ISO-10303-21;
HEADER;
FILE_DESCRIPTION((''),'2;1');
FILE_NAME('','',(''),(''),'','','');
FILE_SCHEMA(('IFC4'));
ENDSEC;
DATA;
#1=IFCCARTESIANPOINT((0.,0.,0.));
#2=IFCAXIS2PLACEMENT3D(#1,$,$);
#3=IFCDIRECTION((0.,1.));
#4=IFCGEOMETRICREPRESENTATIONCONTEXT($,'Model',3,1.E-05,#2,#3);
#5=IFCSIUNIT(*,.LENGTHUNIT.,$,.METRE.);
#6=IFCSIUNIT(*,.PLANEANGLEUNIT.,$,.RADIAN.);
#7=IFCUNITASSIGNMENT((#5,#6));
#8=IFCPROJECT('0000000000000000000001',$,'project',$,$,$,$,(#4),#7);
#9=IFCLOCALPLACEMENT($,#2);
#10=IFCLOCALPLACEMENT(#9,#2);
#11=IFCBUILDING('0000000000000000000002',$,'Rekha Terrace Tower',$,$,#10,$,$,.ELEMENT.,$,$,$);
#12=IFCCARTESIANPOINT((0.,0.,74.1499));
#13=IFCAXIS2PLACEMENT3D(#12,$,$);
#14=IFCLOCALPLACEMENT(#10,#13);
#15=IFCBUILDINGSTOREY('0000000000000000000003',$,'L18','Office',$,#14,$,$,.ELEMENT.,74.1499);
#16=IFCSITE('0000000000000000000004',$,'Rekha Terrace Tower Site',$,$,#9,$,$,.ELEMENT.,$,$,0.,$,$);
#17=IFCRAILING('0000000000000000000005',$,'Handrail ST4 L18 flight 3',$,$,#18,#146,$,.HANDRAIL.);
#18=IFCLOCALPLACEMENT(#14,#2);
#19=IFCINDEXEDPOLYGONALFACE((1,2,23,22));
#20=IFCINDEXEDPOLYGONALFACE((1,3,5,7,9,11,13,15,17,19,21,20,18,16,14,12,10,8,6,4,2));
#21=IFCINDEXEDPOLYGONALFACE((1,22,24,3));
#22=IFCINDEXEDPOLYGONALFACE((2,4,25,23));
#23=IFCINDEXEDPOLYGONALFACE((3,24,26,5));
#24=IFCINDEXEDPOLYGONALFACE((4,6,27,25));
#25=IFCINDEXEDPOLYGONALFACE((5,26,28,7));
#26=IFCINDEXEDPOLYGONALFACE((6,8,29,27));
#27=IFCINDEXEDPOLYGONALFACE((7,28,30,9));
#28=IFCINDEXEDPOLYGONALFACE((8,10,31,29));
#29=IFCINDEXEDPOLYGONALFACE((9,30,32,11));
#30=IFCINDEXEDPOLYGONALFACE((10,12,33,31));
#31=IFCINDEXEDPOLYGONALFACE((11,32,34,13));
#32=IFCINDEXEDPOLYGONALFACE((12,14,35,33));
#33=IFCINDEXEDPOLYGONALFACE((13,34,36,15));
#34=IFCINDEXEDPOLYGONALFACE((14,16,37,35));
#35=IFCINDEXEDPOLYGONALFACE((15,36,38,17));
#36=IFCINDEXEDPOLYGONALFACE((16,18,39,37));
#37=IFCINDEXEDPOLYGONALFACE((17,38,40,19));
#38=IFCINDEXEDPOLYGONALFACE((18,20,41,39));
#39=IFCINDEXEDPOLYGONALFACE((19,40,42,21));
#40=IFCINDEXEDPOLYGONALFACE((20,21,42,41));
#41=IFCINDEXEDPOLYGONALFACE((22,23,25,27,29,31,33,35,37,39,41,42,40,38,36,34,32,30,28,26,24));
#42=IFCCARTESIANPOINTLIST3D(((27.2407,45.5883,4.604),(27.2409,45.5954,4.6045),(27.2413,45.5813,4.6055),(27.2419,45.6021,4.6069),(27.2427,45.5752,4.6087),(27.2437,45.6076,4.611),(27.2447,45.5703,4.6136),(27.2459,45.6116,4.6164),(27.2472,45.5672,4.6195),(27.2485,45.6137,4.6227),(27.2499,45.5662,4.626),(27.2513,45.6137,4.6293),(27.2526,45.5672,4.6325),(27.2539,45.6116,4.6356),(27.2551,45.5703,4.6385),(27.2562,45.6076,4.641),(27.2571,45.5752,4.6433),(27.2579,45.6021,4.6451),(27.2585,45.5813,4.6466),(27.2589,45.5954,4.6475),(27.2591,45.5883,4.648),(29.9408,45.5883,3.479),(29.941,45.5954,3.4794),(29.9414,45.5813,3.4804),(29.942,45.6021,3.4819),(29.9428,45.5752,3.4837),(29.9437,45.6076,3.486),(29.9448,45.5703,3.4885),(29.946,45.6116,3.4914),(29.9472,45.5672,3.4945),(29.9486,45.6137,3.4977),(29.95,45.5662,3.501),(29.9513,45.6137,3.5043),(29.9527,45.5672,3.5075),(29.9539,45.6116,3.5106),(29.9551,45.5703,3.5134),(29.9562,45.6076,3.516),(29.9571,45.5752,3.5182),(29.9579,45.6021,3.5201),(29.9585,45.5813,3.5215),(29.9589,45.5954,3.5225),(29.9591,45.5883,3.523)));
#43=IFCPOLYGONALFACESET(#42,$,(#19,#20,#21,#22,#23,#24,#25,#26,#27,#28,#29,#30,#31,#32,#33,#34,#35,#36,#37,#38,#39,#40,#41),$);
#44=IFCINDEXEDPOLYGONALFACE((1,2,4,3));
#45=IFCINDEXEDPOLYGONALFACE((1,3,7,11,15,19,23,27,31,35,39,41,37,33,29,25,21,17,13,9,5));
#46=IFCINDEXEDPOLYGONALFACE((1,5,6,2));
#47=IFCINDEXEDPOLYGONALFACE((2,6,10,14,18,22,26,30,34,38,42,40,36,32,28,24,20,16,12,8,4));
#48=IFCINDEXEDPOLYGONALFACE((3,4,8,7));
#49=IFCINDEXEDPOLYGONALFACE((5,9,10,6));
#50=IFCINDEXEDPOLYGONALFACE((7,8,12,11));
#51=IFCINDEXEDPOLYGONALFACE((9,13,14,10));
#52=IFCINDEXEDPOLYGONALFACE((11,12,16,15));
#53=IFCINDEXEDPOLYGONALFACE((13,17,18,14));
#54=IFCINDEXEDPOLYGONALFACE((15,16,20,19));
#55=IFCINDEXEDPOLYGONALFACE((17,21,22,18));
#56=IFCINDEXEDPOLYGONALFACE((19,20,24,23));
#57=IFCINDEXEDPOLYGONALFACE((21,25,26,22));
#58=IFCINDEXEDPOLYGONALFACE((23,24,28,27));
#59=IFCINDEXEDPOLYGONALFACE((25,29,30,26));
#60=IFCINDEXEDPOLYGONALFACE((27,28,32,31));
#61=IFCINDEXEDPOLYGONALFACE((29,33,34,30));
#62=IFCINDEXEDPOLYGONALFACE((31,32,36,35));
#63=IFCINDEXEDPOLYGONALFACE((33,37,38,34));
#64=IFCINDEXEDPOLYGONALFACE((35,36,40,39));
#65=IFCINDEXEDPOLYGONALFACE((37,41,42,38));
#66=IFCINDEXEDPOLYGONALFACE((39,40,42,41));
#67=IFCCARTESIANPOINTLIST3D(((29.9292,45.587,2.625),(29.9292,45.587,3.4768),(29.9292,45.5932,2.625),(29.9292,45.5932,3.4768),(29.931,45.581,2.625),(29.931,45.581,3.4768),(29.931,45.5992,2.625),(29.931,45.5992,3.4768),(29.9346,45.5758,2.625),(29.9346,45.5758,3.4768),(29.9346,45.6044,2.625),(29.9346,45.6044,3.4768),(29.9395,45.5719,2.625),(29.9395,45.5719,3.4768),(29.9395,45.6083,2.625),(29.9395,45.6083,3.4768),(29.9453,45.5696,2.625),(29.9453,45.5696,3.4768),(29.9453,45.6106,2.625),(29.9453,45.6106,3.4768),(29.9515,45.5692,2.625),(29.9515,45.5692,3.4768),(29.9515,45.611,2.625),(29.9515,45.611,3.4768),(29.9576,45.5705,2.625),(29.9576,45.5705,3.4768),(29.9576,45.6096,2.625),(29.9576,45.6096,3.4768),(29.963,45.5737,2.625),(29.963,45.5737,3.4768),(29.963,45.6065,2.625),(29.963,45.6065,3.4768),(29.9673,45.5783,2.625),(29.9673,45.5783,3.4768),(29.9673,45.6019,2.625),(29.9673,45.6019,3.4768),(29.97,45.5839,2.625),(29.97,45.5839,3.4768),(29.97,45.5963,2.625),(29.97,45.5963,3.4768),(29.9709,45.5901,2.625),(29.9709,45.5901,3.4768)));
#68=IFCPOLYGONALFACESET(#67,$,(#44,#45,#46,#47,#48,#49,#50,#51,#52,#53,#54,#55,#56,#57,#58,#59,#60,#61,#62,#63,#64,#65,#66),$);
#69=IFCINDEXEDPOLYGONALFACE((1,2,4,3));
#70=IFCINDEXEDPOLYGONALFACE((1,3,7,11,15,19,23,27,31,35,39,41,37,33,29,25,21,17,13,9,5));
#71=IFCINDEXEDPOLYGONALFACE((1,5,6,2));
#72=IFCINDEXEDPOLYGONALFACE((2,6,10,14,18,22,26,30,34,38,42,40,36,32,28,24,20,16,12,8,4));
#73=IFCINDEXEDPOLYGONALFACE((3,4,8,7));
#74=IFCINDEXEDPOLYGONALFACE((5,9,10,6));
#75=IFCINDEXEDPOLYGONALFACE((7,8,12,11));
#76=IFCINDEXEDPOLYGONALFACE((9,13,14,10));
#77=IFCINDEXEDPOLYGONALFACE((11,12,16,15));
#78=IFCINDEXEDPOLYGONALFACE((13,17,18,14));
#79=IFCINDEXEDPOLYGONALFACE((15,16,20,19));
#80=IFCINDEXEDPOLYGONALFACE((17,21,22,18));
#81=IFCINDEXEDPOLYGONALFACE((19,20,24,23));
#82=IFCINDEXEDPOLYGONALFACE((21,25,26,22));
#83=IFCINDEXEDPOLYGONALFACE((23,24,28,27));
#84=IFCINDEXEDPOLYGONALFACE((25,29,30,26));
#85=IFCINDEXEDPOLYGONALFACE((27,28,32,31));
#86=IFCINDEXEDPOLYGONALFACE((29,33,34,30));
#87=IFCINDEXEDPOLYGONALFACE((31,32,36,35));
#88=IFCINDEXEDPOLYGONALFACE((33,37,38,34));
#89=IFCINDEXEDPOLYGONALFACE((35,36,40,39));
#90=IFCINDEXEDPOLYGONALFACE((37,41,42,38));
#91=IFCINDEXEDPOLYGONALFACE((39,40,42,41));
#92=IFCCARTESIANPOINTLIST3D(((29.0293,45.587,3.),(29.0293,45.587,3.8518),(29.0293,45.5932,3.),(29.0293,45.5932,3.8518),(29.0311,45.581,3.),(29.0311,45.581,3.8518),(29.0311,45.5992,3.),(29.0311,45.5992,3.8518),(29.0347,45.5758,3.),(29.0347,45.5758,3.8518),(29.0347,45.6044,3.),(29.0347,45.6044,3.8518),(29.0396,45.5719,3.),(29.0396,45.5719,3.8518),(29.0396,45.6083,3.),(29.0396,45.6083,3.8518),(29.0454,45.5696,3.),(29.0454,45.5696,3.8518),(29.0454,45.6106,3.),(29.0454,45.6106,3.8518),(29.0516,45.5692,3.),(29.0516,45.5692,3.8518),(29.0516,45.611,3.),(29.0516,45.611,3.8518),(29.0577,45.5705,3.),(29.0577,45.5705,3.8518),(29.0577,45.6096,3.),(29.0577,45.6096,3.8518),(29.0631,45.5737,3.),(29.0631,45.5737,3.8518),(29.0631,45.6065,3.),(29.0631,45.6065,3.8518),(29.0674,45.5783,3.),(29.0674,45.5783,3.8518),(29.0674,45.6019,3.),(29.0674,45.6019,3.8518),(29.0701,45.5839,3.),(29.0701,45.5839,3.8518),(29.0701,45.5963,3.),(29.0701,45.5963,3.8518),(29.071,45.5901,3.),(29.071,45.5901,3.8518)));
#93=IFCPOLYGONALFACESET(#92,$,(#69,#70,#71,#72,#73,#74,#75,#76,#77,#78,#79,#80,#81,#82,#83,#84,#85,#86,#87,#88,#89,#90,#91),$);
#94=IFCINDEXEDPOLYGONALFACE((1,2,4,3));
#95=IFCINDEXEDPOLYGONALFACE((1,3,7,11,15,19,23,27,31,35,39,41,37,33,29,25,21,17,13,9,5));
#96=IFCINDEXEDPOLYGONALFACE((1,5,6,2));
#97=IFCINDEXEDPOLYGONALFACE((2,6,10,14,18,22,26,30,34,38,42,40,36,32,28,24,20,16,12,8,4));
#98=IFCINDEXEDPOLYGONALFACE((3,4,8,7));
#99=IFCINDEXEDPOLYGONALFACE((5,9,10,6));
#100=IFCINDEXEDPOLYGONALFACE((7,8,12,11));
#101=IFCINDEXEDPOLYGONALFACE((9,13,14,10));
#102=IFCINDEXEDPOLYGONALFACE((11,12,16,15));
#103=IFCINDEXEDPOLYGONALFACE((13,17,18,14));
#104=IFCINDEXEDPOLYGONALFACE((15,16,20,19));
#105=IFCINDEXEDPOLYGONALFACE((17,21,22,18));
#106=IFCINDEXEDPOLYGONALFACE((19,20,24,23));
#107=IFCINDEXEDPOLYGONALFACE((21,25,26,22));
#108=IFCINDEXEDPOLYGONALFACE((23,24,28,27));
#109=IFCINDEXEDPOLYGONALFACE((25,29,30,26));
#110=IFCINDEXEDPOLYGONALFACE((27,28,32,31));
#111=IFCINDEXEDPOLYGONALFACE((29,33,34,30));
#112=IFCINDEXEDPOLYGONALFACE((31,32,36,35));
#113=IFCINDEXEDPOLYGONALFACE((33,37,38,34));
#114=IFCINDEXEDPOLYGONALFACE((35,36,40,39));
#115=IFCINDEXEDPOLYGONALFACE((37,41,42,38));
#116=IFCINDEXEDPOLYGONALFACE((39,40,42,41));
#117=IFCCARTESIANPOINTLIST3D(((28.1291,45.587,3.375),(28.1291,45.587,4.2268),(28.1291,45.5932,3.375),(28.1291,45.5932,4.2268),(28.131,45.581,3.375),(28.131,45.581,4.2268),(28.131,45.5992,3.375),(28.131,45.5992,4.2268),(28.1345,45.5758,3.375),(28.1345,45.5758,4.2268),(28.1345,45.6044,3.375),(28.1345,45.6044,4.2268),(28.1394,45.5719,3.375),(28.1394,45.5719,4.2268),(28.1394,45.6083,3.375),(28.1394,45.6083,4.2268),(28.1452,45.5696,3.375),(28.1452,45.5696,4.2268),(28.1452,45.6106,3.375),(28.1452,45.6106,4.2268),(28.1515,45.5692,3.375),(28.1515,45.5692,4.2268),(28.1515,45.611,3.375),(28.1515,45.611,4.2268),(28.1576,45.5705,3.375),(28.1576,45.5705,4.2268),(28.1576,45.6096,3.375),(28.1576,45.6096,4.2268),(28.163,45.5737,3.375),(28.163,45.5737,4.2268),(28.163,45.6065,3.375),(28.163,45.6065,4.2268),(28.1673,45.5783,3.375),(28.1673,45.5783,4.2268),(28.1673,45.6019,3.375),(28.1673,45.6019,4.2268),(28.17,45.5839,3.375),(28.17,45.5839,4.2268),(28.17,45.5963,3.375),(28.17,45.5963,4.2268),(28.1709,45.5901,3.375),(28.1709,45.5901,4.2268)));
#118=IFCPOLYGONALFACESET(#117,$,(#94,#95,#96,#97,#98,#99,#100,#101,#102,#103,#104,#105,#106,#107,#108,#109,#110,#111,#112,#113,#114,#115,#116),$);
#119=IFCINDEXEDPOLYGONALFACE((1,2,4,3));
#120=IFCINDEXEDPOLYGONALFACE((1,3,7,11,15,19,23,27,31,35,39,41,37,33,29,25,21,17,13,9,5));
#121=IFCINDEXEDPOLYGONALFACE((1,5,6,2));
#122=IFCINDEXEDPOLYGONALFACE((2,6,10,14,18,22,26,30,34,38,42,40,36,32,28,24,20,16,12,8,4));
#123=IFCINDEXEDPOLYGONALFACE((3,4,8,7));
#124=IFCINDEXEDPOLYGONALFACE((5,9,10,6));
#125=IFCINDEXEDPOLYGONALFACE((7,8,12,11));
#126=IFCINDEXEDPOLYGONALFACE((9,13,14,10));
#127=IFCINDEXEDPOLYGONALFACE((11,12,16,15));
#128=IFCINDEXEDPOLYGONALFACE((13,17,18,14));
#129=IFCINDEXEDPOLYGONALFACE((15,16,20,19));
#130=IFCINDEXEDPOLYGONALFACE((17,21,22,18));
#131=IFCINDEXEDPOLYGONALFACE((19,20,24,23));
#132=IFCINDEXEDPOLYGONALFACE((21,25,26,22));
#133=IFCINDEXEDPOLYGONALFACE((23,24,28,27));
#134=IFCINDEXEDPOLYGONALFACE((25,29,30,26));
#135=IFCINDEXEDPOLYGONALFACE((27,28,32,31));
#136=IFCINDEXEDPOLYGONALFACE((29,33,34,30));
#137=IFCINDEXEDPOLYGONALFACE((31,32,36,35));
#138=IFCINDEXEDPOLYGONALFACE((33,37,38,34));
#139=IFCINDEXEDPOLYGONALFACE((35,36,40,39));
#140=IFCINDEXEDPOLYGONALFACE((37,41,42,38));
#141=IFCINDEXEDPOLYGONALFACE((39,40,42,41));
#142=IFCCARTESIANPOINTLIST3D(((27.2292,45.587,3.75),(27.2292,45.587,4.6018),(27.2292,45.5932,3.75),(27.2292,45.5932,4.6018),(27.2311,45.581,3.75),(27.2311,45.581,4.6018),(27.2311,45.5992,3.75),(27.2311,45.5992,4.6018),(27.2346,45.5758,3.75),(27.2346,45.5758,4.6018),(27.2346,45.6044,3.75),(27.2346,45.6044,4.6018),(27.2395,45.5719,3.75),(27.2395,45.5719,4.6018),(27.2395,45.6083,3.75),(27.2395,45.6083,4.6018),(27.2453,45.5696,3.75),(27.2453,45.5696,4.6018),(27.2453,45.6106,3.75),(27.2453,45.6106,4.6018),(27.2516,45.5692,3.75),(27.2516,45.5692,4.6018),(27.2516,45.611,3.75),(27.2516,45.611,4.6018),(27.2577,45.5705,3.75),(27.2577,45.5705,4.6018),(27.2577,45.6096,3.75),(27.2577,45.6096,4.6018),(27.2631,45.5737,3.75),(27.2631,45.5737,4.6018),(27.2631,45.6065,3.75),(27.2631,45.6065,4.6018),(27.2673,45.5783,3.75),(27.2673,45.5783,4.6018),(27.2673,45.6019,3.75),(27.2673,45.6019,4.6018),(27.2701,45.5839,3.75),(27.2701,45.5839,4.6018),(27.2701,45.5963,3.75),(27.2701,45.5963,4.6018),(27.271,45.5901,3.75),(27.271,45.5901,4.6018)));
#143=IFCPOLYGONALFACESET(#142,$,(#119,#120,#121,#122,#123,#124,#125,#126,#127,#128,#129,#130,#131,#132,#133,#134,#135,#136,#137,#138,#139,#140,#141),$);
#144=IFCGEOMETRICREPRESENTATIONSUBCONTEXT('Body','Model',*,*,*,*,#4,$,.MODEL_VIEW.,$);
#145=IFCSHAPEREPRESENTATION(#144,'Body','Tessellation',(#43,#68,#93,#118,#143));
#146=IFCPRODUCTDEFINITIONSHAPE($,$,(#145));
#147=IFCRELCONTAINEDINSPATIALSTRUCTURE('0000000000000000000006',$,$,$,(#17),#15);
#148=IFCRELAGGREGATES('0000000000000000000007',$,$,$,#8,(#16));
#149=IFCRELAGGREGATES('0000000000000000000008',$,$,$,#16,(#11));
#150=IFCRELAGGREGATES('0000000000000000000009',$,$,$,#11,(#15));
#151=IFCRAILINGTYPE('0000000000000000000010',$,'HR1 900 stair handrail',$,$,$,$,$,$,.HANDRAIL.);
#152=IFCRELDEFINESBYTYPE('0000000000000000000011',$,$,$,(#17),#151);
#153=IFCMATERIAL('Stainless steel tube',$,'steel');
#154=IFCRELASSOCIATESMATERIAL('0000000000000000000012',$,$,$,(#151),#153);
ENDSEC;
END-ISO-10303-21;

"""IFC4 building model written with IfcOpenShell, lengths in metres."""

from ifc_helpers import new_model, si_unit, direction, frame, origin, origin_2d, place, context, subcontext, project, spatial, circle, extrude, material, type_object, element, save


model = new_model("IFC4")

# Units and contexts
model_context = context("Model", 3, precision=1e-05, world=origin(), true_north=direction((0.0, 1.0)))
body_context = subcontext(model_context, "Body", "Model", "MODEL_VIEW")
ifc_project = project(units=[si_unit("LENGTHUNIT", "METRE"), si_unit("PLANEANGLEUNIT", "RADIAN")], contexts=[model_context])

# Site, building, storey
site_placement = place(None, origin())
site = spatial("IfcSite", under=ifc_project, at=site_placement, Name="Rekha Terrace Tower Site", CompositionType="ELEMENT", RefElevation=0.0)
building_placement = place(site_placement, origin())
building = spatial("IfcBuilding", under=site, at=building_placement, Name="Rekha Terrace Tower", CompositionType="ELEMENT")
storey_placement = place(building_placement, frame((0.0, 0.0, 74.1499)))
storey = spatial("IfcBuildingStorey", under=building, at=storey_placement, Name="L18", Description="Office", CompositionType="ELEMENT", Elevation=74.1499)

# Railing
ifc_material_1 = material(Name="Stainless steel tube", Category="steel")
railing_type_1 = type_object("IfcRailingType", Name="HR1 900 stair handrail", PredefinedType="HANDRAIL", material=ifc_material_1)
railing_1_placement = place(storey_placement, frame((29.95, 45.5901, 2.625)))
element("IfcRailing", 1, at=railing_1_placement, inside=storey, type_object=railing_type_1, Name="Handrail ST4 L18 flight 3", PredefinedType="HANDRAIL", context=body_context, shape_type="SweptSolid", body=[
    extrude(circle(Radius=0.0239, at=origin_2d()), frame((0.0, 0.0, 0.876), z_axis=(-0.923074, 0.0, 0.384621), x_axis=(0.0, -1.0, 0.0)), (0.0, 0.0, 1.0), 2.925),
    extrude(circle(Radius=0.021, at=origin_2d()), origin(), (0.0, 0.0, 1.0), 0.8518),
    extrude(circle(Radius=0.021, at=origin_2d()), frame((-0.8999, 0.0, 0.375)), (0.0, 0.0, 1.0), 0.8518),
    extrude(circle(Radius=0.021, at=origin_2d()), frame((-1.8, 0.0, 0.75)), (0.0, 0.0, 1.0), 0.8518),
    extrude(circle(Radius=0.021, at=origin_2d()), frame((-2.7, 0.0, 1.125)), (0.0, 0.0, 1.0), 0.8518),
])

save(model, "model.ifc")
